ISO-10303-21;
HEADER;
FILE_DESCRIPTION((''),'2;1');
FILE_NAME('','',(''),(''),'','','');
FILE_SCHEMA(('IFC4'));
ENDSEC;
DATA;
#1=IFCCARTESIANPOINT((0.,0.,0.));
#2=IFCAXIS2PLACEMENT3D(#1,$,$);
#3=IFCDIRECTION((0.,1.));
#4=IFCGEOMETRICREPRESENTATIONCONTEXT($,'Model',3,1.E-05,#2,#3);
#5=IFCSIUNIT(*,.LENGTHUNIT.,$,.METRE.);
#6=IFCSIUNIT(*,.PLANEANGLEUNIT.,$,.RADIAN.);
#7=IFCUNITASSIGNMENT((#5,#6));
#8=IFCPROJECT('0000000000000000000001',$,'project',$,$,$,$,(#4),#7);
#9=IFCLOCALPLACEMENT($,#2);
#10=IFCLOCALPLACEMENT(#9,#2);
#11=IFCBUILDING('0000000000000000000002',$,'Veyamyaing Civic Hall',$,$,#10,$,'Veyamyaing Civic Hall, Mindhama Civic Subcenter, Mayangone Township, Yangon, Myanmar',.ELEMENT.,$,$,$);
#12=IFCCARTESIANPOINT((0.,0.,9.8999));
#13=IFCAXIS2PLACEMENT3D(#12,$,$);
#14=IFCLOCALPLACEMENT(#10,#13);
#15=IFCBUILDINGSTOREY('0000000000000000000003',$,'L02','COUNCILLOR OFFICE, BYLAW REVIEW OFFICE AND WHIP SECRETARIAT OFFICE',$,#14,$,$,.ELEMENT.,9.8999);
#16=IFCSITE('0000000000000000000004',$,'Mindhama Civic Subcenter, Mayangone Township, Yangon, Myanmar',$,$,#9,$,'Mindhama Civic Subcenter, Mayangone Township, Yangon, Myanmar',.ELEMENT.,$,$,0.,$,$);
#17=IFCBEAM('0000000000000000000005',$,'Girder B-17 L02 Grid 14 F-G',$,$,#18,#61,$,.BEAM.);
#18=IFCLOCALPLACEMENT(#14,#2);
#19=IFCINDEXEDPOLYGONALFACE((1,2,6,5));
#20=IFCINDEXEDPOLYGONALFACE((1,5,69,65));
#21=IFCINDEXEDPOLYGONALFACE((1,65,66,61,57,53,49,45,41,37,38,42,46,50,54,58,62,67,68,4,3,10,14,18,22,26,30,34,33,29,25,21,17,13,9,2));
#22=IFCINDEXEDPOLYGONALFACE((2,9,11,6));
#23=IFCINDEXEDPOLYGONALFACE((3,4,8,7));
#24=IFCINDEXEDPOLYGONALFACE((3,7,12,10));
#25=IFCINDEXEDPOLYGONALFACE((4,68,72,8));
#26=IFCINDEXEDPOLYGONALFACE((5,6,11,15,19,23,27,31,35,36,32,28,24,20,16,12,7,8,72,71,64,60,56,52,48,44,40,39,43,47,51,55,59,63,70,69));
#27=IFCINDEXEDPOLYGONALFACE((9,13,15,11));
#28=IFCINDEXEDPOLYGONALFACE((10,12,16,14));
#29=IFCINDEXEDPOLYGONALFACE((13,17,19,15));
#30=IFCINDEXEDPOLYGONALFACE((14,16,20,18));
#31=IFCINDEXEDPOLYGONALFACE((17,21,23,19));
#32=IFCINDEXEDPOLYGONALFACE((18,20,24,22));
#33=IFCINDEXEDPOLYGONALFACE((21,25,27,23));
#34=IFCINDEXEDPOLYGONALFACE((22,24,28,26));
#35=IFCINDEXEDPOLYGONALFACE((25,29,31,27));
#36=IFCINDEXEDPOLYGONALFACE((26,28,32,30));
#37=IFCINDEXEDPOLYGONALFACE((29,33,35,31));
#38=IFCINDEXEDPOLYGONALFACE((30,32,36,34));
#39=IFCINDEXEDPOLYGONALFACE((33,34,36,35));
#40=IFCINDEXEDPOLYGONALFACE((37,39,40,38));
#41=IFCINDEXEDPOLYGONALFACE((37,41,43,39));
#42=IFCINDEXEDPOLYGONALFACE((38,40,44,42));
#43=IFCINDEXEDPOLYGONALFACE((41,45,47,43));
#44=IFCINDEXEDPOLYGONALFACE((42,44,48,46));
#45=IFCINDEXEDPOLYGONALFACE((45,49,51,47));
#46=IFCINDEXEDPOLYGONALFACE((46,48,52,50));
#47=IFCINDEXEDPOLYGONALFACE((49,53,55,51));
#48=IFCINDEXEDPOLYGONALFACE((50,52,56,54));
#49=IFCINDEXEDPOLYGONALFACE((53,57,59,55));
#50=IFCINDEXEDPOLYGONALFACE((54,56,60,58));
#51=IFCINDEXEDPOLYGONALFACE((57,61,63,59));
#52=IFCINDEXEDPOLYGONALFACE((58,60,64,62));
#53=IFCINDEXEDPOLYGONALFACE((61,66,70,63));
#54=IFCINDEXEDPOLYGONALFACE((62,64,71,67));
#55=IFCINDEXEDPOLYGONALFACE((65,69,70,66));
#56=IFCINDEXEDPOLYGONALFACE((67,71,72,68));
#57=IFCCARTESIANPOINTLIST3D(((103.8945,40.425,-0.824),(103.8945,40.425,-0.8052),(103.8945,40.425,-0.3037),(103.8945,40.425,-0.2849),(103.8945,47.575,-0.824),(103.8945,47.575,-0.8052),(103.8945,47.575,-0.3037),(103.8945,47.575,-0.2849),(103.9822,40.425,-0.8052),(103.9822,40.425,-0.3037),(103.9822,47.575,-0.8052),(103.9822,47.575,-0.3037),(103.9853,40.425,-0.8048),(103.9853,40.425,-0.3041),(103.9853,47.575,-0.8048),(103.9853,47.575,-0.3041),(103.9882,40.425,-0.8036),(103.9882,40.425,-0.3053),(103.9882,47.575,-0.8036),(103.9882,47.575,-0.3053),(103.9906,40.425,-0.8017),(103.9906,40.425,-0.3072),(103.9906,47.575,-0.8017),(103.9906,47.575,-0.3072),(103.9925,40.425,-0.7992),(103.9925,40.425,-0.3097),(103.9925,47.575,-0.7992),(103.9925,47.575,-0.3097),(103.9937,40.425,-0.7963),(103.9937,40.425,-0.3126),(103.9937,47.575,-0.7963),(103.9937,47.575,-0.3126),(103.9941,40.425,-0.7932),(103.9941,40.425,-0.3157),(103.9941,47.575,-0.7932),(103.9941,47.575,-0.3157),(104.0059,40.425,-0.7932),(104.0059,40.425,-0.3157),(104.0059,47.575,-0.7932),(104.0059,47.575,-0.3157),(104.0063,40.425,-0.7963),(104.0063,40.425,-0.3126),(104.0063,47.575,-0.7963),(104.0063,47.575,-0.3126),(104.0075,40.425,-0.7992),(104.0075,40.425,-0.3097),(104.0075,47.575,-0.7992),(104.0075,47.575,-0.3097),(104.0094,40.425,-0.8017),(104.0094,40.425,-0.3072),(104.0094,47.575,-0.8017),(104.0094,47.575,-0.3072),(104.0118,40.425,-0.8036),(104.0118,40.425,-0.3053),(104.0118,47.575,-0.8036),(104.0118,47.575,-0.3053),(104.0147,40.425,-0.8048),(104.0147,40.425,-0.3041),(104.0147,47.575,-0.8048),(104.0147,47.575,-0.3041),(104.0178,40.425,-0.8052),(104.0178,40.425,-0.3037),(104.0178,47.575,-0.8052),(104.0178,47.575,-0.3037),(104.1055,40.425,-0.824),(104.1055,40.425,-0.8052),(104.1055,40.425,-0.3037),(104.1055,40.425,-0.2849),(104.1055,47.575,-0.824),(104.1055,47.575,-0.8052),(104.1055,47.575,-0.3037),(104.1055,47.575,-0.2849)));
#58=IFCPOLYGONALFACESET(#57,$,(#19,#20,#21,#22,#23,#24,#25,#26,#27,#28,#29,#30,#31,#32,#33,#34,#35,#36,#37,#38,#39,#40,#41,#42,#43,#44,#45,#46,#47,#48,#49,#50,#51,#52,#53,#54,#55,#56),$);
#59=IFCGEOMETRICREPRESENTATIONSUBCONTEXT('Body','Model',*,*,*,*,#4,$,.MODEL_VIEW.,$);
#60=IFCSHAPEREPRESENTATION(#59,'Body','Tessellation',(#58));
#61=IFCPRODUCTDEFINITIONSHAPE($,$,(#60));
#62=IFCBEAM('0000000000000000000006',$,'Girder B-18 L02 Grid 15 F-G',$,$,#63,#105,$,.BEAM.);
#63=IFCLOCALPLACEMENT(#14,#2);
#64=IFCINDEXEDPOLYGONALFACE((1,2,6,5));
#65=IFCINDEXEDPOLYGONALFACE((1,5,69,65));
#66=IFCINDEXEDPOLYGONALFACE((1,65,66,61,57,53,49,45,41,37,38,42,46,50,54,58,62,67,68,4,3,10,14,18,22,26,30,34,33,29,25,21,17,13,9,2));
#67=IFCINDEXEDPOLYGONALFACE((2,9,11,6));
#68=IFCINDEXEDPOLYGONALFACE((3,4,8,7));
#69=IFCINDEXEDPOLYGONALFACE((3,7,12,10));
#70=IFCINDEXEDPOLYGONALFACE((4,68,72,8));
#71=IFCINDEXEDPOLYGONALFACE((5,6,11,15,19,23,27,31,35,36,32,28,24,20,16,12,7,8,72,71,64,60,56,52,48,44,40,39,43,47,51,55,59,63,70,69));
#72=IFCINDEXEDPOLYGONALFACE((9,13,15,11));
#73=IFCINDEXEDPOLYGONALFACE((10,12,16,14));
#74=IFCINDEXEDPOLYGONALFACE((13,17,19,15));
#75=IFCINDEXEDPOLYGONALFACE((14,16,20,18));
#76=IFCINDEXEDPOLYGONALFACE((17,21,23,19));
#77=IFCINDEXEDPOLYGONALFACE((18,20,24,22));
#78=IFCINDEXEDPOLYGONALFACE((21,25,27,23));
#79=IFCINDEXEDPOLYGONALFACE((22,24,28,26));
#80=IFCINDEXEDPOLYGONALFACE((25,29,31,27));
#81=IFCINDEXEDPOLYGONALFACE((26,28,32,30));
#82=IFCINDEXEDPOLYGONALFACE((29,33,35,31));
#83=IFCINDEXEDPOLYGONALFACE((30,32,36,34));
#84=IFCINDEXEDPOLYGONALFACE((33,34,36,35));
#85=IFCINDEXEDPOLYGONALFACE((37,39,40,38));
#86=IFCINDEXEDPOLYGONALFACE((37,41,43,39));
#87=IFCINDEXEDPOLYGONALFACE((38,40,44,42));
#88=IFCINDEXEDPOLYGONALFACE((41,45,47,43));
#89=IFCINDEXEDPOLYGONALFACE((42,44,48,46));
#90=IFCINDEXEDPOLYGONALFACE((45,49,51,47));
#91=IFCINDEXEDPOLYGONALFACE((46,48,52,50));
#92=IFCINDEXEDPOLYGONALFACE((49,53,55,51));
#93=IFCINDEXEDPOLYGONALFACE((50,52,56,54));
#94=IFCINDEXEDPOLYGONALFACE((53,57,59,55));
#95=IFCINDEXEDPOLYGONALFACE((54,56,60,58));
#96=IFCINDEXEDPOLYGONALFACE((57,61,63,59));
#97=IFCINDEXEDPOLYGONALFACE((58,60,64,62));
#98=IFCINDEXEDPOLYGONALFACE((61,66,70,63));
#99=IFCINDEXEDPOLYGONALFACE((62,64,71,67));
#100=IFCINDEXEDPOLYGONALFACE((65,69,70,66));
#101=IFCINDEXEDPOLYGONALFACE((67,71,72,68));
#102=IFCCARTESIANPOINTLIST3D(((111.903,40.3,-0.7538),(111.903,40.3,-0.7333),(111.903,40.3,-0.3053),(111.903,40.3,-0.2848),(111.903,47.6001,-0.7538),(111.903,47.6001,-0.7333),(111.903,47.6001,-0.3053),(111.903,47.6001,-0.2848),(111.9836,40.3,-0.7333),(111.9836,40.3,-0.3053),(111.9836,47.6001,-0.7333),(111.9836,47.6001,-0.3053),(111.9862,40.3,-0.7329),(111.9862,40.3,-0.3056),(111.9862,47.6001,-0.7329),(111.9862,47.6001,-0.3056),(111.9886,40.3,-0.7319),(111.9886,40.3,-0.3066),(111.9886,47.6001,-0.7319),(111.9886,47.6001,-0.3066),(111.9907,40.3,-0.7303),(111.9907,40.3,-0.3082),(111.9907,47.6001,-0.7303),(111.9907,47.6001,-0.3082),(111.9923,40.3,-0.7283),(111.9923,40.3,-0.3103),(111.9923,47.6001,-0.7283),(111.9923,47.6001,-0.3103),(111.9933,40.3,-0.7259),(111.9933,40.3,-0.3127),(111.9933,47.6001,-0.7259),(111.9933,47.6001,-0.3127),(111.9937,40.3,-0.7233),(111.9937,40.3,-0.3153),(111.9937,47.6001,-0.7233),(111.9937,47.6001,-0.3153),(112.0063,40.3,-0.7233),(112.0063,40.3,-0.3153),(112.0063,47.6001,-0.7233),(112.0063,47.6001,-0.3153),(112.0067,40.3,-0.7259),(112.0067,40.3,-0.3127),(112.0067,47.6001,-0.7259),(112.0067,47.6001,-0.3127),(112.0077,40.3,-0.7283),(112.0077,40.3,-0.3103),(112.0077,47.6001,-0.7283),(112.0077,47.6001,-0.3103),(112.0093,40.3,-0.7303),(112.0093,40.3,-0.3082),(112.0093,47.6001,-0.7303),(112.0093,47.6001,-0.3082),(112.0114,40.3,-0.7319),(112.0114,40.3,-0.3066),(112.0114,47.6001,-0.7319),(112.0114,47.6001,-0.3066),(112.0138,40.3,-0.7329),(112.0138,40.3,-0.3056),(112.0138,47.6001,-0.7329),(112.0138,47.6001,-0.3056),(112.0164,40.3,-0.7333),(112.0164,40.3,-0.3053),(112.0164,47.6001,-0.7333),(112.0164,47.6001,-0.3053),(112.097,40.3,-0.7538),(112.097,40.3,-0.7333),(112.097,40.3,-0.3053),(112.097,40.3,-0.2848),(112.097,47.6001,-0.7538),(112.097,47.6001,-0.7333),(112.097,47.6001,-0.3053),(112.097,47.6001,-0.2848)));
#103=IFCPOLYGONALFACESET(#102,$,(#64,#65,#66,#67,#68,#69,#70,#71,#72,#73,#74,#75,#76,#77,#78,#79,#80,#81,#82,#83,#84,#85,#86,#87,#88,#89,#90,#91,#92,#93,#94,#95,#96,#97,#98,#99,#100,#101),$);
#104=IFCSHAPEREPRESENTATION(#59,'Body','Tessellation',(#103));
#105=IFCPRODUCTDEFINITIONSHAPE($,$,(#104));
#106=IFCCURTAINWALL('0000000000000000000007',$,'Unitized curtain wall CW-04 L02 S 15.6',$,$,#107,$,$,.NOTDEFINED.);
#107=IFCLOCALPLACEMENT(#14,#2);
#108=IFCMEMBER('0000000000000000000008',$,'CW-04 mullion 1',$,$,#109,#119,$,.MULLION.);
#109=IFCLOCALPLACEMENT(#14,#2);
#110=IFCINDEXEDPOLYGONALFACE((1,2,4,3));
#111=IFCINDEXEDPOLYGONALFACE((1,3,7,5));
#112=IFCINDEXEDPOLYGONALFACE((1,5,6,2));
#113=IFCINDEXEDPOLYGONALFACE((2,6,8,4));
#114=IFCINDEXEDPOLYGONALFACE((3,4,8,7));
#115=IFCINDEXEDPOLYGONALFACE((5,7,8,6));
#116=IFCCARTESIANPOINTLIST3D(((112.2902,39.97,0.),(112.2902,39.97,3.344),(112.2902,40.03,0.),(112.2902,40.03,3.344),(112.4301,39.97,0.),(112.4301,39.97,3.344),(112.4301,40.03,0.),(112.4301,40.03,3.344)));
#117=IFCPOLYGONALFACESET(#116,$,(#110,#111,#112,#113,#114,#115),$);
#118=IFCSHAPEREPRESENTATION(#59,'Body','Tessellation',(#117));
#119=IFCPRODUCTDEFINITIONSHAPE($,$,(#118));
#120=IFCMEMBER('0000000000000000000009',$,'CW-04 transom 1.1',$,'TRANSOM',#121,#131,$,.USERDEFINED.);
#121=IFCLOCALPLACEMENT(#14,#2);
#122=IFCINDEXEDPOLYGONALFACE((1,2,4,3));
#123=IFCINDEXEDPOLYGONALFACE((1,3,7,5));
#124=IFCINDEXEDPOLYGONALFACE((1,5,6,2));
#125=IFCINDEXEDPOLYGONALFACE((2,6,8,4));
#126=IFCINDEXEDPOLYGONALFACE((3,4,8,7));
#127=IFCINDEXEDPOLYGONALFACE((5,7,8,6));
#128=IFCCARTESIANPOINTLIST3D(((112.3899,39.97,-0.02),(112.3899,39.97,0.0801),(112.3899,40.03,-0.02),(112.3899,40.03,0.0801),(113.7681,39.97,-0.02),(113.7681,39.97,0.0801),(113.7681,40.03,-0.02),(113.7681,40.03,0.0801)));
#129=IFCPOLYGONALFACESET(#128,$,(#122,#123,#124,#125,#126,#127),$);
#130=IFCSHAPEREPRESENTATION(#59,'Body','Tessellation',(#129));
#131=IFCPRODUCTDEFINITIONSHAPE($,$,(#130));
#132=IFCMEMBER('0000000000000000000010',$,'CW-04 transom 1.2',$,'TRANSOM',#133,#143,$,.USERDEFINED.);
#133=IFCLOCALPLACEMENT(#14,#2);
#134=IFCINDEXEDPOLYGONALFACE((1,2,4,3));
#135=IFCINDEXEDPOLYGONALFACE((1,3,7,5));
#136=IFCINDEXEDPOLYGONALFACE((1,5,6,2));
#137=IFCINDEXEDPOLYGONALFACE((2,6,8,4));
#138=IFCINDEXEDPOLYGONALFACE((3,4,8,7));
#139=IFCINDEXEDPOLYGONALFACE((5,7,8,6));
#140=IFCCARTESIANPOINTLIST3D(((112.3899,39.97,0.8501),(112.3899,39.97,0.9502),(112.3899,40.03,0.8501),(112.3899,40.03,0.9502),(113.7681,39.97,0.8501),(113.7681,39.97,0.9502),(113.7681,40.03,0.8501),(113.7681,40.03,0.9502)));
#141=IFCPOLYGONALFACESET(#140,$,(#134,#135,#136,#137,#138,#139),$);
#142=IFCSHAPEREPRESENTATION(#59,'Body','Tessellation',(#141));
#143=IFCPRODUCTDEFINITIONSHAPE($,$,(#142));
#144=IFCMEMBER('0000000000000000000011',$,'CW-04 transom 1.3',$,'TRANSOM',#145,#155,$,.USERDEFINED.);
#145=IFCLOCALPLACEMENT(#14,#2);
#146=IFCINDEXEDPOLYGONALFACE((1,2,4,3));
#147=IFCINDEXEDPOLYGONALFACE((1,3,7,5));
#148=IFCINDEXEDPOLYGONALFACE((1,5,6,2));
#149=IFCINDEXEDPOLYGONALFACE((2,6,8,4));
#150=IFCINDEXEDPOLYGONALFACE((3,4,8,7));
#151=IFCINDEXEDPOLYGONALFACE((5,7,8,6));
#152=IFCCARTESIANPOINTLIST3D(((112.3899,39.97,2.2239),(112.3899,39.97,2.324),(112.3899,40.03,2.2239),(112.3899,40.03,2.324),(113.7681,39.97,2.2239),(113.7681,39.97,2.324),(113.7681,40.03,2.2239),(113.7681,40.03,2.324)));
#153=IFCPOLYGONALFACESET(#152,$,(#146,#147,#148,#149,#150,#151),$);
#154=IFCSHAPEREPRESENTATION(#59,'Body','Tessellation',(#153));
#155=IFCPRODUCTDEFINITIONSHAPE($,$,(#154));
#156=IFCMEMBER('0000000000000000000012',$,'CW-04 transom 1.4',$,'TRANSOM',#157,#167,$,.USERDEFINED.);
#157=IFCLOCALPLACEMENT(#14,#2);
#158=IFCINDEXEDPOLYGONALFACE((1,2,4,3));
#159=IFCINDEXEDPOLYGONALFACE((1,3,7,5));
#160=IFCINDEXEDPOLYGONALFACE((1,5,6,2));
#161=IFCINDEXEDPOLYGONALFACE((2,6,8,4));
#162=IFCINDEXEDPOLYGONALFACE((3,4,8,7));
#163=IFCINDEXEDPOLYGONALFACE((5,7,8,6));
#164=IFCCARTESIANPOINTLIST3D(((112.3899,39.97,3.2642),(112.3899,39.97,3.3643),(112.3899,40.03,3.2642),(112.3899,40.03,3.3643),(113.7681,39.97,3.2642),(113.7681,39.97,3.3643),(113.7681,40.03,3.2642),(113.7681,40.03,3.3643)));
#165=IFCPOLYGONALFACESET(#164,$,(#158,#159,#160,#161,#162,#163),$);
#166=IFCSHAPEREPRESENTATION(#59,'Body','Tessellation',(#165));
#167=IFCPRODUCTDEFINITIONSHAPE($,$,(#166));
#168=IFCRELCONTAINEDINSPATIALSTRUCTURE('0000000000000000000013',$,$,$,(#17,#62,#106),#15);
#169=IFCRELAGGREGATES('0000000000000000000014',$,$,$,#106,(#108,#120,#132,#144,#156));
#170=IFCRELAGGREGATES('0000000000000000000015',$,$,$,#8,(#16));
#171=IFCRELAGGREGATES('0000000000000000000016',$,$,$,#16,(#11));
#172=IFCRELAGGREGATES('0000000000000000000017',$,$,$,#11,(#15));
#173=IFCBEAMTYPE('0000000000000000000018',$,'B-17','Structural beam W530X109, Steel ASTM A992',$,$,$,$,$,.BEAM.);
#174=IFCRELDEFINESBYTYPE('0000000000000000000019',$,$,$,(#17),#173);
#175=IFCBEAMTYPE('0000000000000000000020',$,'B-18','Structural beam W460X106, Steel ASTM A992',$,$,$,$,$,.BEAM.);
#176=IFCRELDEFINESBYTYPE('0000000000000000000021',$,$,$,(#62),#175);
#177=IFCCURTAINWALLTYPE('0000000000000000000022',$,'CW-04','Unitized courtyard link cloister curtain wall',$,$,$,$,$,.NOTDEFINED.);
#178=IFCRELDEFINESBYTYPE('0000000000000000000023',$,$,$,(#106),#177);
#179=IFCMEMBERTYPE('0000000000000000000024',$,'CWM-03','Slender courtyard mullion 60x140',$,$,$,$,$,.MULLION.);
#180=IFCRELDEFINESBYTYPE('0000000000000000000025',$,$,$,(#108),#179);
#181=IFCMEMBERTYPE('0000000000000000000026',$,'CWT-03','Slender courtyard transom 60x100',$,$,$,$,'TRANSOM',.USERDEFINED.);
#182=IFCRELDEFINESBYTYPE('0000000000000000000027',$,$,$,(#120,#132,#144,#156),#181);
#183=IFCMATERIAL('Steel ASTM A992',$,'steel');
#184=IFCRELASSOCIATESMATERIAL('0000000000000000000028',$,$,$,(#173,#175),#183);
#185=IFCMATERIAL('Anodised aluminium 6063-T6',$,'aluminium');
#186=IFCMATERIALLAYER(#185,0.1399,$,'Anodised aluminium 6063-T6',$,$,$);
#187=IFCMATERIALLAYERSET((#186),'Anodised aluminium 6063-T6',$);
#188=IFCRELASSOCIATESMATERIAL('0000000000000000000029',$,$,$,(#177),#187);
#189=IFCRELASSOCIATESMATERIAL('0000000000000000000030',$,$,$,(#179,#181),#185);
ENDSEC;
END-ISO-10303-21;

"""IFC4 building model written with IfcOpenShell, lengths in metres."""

from ifc_helpers import new_model, si_unit, direction, frame, origin, origin_2d, place, context, subcontext, project, spatial, rectangle, i_section, extrude, material, layer, layer_set, material_profile, profile_set, type_object, element, aggregate, save


model = new_model("IFC4")

# Units and contexts
model_context = context("Model", 3, precision=1e-05, world=origin(), true_north=direction((0.0, 1.0)))
body_context = subcontext(model_context, "Body", "Model", "MODEL_VIEW")
ifc_project = project(units=[si_unit("LENGTHUNIT", "METRE"), si_unit("PLANEANGLEUNIT", "RADIAN")], contexts=[model_context])

# Site, building, storey
site_placement = place(None, origin())
site = spatial("IfcSite", under=ifc_project, at=site_placement, Name="Mindhama Civic Subcenter, Mayangone Township, Yangon, Myanmar", LongName="Mindhama Civic Subcenter, Mayangone Township, Yangon, Myanmar", CompositionType="ELEMENT", RefElevation=0.0)
building_placement = place(site_placement, origin())
building = spatial("IfcBuilding", under=site, at=building_placement, Name="Veyamyaing Civic Hall", LongName="Veyamyaing Civic Hall, Mindhama Civic Subcenter, Mayangone Township, Yangon, Myanmar", CompositionType="ELEMENT")
storey_placement = place(building_placement, frame((0.0, 0.0, 9.8999)))
storey = spatial("IfcBuildingStorey", under=building, at=storey_placement, Name="L02", Description="COUNCILLOR OFFICE, BYLAW REVIEW OFFICE AND WHIP SECRETARIAT OFFICE", CompositionType="ELEMENT", Elevation=9.8999)

# Beams
ifc_material_1 = material(Name="Steel ASTM A992", Category="steel")
ifc_material_profile_1 = material_profile(ifc_material_1, i_section(OverallWidth=0.2109, OverallDepth=0.5391, WebThickness=0.0117, FlangeThickness=0.0188, FilletRadius=0.012, at=origin_2d()), Name="W530X109")
ifc_profile_set_1 = profile_set([ifc_material_profile_1], Name="Steel ASTM A992")
beam_type_1 = type_object("IfcBeamType", Name="B-17", Description="Structural beam W530X109, Steel ASTM A992", PredefinedType="BEAM", material=ifc_profile_set_1)
beam_1_placement = place(storey_placement, frame((104.0, 40.425, -0.5544), z_axis=(0.0, 1.0, 0.0), x_axis=(-1.0, 0.0, 0.0)))
element("IfcBeam", 1, at=beam_1_placement, inside=storey, type_object=beam_type_1, Name="Girder B-17 L02 Grid 14 F-G", PredefinedType="BEAM", context=body_context, shape_type="SweptSolid", body=[
    extrude(i_section(OverallWidth=0.2109, OverallDepth=0.5391, WebThickness=0.0117, FlangeThickness=0.0188, FilletRadius=0.012, at=origin_2d()), origin(), (0.0, 0.0, 1.0), 7.1499),
])
ifc_material_profile_2 = material_profile(ifc_material_1, i_section(OverallWidth=0.1941, OverallDepth=0.469, WebThickness=0.0127, FlangeThickness=0.0205, FilletRadius=0.01, at=origin_2d()), Name="W460X106")
ifc_profile_set_2 = profile_set([ifc_material_profile_2], Name="Steel ASTM A992")
beam_type_2 = type_object("IfcBeamType", Name="B-18", Description="Structural beam W460X106, Steel ASTM A992", PredefinedType="BEAM", material=ifc_profile_set_2)
beam_2_placement = place(storey_placement, frame((112.0, 40.3, -0.5193), z_axis=(0.0, 1.0, 0.0), x_axis=(-1.0, 0.0, 0.0)))
element("IfcBeam", 2, at=beam_2_placement, inside=storey, type_object=beam_type_2, Name="Girder B-18 L02 Grid 15 F-G", PredefinedType="BEAM", context=body_context, shape_type="SweptSolid", body=[
    extrude(i_section(OverallWidth=0.1941, OverallDepth=0.469, WebThickness=0.0127, FlangeThickness=0.0205, FilletRadius=0.01, at=origin_2d()), origin(), (0.0, 0.0, 1.0), 7.3),
])

# Curtain wall, members
ifc_material_2 = material(Name="Anodised aluminium 6063-T6", Category="aluminium")
ifc_layer_1 = layer(ifc_material_2, 0.1399, Name="Anodised aluminium 6063-T6")
ifc_layer_set_1 = layer_set([ifc_layer_1], Name="Anodised aluminium 6063-T6")
curtain_wall_type = type_object("IfcCurtainWallType", Name="CW-04", Description="Unitized courtyard link cloister curtain wall", PredefinedType="NOTDEFINED", material=ifc_layer_set_1)
curtain_wall_placement = place(storey_placement, origin())
curtain_wall = element("IfcCurtainWall", 3, at=curtain_wall_placement, inside=storey, type_object=curtain_wall_type, Name="Unitized curtain wall CW-04 L02 S 15.6", PredefinedType="NOTDEFINED")
ifc_material_profile_3 = material_profile(ifc_material_2, rectangle(XDim=0.0601, YDim=0.1399, at=origin_2d()), Name="ALU-MUL-60X140")
ifc_profile_set_3 = profile_set([ifc_material_profile_3], Name="Anodised aluminium 6063-T6")
member_type_1 = type_object("IfcMemberType", Name="CWM-03", Description="Slender courtyard mullion 60x140", PredefinedType="MULLION", material=ifc_profile_set_3)
member_1_placement = place(storey_placement, frame((112.3601, 40.0, 0.0), z_axis=(0.0, 0.0, 1.0), x_axis=(0.0, 1.0, 0.0)))
member_1 = element("IfcMember", 4, at=member_1_placement, type_object=member_type_1, Name="CW-04 mullion 1", PredefinedType="MULLION", context=body_context, shape_type="SweptSolid", body=[
    extrude(rectangle(XDim=0.0601, YDim=0.1399, at=origin_2d()), origin(), (0.0, 0.0, 1.0), 3.344),
])
ifc_material_profile_4 = material_profile(ifc_material_2, rectangle(XDim=0.0601, YDim=0.1001, at=origin_2d()), Name="ALU-TRN-60X100")
ifc_profile_set_4 = profile_set([ifc_material_profile_4], Name="Anodised aluminium 6063-T6")
member_type_2 = type_object("IfcMemberType", Name="CWT-03", Description="Slender courtyard transom 60x100", ElementType="TRANSOM", PredefinedType="USERDEFINED", material=ifc_profile_set_4)
member_2_placement = place(storey_placement, frame((112.3899, 40.0, 0.03), z_axis=(1.0, 0.0, 0.0), x_axis=(0.0, 1.0, 0.0)))
member_2 = element("IfcMember", 5, at=member_2_placement, type_object=member_type_2, Name="CW-04 transom 1.1", ObjectType="TRANSOM", PredefinedType="USERDEFINED", context=body_context, shape_type="SweptSolid", body=[
    extrude(rectangle(XDim=0.0601, YDim=0.1001, at=origin_2d()), origin(), (0.0, 0.0, 1.0), 1.3782),
])
member_3_placement = place(storey_placement, frame((112.3899, 40.0, 0.9001), z_axis=(1.0, 0.0, 0.0), x_axis=(0.0, 1.0, 0.0)))
member_3 = element("IfcMember", 6, at=member_3_placement, type_object=member_type_2, Name="CW-04 transom 1.2", ObjectType="TRANSOM", PredefinedType="USERDEFINED", context=body_context, shape_type="SweptSolid", body=[
    extrude(rectangle(XDim=0.0601, YDim=0.1001, at=origin_2d()), origin(), (0.0, 0.0, 1.0), 1.3782),
])
member_4_placement = place(storey_placement, frame((112.3899, 40.0, 2.2739), z_axis=(1.0, 0.0, 0.0), x_axis=(0.0, 1.0, 0.0)))
member_4 = element("IfcMember", 7, at=member_4_placement, type_object=member_type_2, Name="CW-04 transom 1.3", ObjectType="TRANSOM", PredefinedType="USERDEFINED", context=body_context, shape_type="SweptSolid", body=[
    extrude(rectangle(XDim=0.0601, YDim=0.1001, at=origin_2d()), origin(), (0.0, 0.0, 1.0), 1.3782),
])
member_5_placement = place(storey_placement, frame((112.3899, 40.0, 3.3142), z_axis=(1.0, 0.0, 0.0), x_axis=(0.0, 1.0, 0.0)))
member_5 = element("IfcMember", 8, at=member_5_placement, type_object=member_type_2, Name="CW-04 transom 1.4", ObjectType="TRANSOM", PredefinedType="USERDEFINED", context=body_context, shape_type="SweptSolid", body=[
    extrude(rectangle(XDim=0.0601, YDim=0.1001, at=origin_2d()), origin(), (0.0, 0.0, 1.0), 1.3782),
])
aggregate(curtain_wall, [member_1, member_2, member_3, member_4, member_5])

save(model, "model.ifc")
